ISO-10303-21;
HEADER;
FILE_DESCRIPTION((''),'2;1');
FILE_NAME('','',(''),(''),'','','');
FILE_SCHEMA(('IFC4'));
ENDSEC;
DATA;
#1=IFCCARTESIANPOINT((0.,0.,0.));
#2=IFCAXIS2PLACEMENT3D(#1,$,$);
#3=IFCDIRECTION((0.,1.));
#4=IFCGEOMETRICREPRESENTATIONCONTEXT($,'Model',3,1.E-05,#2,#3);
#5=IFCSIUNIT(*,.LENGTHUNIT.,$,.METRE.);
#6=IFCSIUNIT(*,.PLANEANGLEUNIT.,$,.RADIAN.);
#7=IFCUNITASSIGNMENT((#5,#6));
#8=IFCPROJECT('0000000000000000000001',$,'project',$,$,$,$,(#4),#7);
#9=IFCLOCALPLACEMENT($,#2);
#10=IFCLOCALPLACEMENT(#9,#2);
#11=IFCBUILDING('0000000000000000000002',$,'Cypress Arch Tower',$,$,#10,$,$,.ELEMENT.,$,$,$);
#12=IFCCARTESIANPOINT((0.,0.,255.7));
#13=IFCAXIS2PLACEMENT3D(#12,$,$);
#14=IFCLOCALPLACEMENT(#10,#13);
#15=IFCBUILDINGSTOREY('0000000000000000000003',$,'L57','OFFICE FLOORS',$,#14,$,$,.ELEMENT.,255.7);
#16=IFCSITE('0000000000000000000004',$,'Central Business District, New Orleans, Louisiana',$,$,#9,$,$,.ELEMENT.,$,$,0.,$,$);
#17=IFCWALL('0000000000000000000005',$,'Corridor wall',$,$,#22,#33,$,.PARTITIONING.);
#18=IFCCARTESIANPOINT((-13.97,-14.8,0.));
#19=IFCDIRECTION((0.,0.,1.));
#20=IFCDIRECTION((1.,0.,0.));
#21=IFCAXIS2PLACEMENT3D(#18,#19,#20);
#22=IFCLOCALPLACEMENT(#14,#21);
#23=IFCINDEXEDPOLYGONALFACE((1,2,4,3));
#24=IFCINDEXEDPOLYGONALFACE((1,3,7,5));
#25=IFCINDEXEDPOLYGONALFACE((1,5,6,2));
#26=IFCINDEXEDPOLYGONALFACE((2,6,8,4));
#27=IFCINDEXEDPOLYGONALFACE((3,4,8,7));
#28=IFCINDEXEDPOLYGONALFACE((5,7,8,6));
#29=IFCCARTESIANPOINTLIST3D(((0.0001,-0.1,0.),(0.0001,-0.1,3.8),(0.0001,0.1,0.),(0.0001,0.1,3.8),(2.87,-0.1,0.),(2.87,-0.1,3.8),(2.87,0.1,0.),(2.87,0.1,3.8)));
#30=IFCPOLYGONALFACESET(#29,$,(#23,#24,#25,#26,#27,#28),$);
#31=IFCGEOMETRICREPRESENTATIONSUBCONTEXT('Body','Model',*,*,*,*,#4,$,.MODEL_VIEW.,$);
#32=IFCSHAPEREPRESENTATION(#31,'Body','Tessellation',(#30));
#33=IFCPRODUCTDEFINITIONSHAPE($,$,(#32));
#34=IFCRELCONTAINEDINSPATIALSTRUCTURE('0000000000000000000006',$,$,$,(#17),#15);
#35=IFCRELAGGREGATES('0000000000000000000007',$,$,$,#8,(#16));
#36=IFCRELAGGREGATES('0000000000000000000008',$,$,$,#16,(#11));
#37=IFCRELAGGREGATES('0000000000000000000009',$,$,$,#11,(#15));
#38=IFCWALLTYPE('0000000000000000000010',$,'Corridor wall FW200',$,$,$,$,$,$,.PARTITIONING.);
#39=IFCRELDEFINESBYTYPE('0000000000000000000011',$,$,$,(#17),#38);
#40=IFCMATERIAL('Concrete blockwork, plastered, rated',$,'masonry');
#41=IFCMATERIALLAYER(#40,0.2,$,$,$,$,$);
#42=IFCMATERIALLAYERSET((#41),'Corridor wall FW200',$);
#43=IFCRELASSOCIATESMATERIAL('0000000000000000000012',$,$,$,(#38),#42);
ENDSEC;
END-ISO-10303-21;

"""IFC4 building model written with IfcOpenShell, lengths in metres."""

from ifc_helpers import new_model, si_unit, direction, frame, frame_2d, origin, place, context, subcontext, project, spatial, rectangle, extrude, material, layer, layer_set, type_object, element, save


model = new_model("IFC4")

# Units and contexts
model_context = context("Model", 3, precision=1e-05, world=origin(), true_north=direction((0.0, 1.0)))
body_context = subcontext(model_context, "Body", "Model", "MODEL_VIEW")
ifc_project = project(units=[si_unit("LENGTHUNIT", "METRE"), si_unit("PLANEANGLEUNIT", "RADIAN")], contexts=[model_context])

# Site, building, storey
site_placement = place(None, origin())
site = spatial("IfcSite", under=ifc_project, at=site_placement, Name="Central Business District, New Orleans, Louisiana", CompositionType="ELEMENT", RefElevation=0.0)
building_placement = place(site_placement, origin())
building = spatial("IfcBuilding", under=site, at=building_placement, Name="Cypress Arch Tower", CompositionType="ELEMENT")
storey_placement = place(building_placement, frame((0.0, 0.0, 255.7)))
storey = spatial("IfcBuildingStorey", under=building, at=storey_placement, Name="L57", Description="OFFICE FLOORS", CompositionType="ELEMENT", Elevation=255.7)

# Wall
ifc_material_1 = material(Name="Concrete blockwork, plastered, rated", Category="masonry")
ifc_layer_1 = layer(ifc_material_1, 0.2)
ifc_layer_set_1 = layer_set([ifc_layer_1], Name="Corridor wall FW200")
wall_type_1 = type_object("IfcWallType", Name="Corridor wall FW200", PredefinedType="PARTITIONING", material=ifc_layer_set_1)
wall_1_placement = place(storey_placement, frame((-13.97, -14.8, 0.0), z_axis=(0.0, 0.0, 1.0), x_axis=(1.0, 0.0, 0.0)))
element("IfcWall", 1, at=wall_1_placement, inside=storey, type_object=wall_type_1, Name="Corridor wall", PredefinedType="PARTITIONING", context=body_context, shape_type="SweptSolid", body=[
    extrude(rectangle(XDim=2.8699, YDim=0.2, at=frame_2d((1.4351, 0.0))), origin(), (0.0, 0.0, 1.0), 3.8),
])

save(model, "model.ifc")
